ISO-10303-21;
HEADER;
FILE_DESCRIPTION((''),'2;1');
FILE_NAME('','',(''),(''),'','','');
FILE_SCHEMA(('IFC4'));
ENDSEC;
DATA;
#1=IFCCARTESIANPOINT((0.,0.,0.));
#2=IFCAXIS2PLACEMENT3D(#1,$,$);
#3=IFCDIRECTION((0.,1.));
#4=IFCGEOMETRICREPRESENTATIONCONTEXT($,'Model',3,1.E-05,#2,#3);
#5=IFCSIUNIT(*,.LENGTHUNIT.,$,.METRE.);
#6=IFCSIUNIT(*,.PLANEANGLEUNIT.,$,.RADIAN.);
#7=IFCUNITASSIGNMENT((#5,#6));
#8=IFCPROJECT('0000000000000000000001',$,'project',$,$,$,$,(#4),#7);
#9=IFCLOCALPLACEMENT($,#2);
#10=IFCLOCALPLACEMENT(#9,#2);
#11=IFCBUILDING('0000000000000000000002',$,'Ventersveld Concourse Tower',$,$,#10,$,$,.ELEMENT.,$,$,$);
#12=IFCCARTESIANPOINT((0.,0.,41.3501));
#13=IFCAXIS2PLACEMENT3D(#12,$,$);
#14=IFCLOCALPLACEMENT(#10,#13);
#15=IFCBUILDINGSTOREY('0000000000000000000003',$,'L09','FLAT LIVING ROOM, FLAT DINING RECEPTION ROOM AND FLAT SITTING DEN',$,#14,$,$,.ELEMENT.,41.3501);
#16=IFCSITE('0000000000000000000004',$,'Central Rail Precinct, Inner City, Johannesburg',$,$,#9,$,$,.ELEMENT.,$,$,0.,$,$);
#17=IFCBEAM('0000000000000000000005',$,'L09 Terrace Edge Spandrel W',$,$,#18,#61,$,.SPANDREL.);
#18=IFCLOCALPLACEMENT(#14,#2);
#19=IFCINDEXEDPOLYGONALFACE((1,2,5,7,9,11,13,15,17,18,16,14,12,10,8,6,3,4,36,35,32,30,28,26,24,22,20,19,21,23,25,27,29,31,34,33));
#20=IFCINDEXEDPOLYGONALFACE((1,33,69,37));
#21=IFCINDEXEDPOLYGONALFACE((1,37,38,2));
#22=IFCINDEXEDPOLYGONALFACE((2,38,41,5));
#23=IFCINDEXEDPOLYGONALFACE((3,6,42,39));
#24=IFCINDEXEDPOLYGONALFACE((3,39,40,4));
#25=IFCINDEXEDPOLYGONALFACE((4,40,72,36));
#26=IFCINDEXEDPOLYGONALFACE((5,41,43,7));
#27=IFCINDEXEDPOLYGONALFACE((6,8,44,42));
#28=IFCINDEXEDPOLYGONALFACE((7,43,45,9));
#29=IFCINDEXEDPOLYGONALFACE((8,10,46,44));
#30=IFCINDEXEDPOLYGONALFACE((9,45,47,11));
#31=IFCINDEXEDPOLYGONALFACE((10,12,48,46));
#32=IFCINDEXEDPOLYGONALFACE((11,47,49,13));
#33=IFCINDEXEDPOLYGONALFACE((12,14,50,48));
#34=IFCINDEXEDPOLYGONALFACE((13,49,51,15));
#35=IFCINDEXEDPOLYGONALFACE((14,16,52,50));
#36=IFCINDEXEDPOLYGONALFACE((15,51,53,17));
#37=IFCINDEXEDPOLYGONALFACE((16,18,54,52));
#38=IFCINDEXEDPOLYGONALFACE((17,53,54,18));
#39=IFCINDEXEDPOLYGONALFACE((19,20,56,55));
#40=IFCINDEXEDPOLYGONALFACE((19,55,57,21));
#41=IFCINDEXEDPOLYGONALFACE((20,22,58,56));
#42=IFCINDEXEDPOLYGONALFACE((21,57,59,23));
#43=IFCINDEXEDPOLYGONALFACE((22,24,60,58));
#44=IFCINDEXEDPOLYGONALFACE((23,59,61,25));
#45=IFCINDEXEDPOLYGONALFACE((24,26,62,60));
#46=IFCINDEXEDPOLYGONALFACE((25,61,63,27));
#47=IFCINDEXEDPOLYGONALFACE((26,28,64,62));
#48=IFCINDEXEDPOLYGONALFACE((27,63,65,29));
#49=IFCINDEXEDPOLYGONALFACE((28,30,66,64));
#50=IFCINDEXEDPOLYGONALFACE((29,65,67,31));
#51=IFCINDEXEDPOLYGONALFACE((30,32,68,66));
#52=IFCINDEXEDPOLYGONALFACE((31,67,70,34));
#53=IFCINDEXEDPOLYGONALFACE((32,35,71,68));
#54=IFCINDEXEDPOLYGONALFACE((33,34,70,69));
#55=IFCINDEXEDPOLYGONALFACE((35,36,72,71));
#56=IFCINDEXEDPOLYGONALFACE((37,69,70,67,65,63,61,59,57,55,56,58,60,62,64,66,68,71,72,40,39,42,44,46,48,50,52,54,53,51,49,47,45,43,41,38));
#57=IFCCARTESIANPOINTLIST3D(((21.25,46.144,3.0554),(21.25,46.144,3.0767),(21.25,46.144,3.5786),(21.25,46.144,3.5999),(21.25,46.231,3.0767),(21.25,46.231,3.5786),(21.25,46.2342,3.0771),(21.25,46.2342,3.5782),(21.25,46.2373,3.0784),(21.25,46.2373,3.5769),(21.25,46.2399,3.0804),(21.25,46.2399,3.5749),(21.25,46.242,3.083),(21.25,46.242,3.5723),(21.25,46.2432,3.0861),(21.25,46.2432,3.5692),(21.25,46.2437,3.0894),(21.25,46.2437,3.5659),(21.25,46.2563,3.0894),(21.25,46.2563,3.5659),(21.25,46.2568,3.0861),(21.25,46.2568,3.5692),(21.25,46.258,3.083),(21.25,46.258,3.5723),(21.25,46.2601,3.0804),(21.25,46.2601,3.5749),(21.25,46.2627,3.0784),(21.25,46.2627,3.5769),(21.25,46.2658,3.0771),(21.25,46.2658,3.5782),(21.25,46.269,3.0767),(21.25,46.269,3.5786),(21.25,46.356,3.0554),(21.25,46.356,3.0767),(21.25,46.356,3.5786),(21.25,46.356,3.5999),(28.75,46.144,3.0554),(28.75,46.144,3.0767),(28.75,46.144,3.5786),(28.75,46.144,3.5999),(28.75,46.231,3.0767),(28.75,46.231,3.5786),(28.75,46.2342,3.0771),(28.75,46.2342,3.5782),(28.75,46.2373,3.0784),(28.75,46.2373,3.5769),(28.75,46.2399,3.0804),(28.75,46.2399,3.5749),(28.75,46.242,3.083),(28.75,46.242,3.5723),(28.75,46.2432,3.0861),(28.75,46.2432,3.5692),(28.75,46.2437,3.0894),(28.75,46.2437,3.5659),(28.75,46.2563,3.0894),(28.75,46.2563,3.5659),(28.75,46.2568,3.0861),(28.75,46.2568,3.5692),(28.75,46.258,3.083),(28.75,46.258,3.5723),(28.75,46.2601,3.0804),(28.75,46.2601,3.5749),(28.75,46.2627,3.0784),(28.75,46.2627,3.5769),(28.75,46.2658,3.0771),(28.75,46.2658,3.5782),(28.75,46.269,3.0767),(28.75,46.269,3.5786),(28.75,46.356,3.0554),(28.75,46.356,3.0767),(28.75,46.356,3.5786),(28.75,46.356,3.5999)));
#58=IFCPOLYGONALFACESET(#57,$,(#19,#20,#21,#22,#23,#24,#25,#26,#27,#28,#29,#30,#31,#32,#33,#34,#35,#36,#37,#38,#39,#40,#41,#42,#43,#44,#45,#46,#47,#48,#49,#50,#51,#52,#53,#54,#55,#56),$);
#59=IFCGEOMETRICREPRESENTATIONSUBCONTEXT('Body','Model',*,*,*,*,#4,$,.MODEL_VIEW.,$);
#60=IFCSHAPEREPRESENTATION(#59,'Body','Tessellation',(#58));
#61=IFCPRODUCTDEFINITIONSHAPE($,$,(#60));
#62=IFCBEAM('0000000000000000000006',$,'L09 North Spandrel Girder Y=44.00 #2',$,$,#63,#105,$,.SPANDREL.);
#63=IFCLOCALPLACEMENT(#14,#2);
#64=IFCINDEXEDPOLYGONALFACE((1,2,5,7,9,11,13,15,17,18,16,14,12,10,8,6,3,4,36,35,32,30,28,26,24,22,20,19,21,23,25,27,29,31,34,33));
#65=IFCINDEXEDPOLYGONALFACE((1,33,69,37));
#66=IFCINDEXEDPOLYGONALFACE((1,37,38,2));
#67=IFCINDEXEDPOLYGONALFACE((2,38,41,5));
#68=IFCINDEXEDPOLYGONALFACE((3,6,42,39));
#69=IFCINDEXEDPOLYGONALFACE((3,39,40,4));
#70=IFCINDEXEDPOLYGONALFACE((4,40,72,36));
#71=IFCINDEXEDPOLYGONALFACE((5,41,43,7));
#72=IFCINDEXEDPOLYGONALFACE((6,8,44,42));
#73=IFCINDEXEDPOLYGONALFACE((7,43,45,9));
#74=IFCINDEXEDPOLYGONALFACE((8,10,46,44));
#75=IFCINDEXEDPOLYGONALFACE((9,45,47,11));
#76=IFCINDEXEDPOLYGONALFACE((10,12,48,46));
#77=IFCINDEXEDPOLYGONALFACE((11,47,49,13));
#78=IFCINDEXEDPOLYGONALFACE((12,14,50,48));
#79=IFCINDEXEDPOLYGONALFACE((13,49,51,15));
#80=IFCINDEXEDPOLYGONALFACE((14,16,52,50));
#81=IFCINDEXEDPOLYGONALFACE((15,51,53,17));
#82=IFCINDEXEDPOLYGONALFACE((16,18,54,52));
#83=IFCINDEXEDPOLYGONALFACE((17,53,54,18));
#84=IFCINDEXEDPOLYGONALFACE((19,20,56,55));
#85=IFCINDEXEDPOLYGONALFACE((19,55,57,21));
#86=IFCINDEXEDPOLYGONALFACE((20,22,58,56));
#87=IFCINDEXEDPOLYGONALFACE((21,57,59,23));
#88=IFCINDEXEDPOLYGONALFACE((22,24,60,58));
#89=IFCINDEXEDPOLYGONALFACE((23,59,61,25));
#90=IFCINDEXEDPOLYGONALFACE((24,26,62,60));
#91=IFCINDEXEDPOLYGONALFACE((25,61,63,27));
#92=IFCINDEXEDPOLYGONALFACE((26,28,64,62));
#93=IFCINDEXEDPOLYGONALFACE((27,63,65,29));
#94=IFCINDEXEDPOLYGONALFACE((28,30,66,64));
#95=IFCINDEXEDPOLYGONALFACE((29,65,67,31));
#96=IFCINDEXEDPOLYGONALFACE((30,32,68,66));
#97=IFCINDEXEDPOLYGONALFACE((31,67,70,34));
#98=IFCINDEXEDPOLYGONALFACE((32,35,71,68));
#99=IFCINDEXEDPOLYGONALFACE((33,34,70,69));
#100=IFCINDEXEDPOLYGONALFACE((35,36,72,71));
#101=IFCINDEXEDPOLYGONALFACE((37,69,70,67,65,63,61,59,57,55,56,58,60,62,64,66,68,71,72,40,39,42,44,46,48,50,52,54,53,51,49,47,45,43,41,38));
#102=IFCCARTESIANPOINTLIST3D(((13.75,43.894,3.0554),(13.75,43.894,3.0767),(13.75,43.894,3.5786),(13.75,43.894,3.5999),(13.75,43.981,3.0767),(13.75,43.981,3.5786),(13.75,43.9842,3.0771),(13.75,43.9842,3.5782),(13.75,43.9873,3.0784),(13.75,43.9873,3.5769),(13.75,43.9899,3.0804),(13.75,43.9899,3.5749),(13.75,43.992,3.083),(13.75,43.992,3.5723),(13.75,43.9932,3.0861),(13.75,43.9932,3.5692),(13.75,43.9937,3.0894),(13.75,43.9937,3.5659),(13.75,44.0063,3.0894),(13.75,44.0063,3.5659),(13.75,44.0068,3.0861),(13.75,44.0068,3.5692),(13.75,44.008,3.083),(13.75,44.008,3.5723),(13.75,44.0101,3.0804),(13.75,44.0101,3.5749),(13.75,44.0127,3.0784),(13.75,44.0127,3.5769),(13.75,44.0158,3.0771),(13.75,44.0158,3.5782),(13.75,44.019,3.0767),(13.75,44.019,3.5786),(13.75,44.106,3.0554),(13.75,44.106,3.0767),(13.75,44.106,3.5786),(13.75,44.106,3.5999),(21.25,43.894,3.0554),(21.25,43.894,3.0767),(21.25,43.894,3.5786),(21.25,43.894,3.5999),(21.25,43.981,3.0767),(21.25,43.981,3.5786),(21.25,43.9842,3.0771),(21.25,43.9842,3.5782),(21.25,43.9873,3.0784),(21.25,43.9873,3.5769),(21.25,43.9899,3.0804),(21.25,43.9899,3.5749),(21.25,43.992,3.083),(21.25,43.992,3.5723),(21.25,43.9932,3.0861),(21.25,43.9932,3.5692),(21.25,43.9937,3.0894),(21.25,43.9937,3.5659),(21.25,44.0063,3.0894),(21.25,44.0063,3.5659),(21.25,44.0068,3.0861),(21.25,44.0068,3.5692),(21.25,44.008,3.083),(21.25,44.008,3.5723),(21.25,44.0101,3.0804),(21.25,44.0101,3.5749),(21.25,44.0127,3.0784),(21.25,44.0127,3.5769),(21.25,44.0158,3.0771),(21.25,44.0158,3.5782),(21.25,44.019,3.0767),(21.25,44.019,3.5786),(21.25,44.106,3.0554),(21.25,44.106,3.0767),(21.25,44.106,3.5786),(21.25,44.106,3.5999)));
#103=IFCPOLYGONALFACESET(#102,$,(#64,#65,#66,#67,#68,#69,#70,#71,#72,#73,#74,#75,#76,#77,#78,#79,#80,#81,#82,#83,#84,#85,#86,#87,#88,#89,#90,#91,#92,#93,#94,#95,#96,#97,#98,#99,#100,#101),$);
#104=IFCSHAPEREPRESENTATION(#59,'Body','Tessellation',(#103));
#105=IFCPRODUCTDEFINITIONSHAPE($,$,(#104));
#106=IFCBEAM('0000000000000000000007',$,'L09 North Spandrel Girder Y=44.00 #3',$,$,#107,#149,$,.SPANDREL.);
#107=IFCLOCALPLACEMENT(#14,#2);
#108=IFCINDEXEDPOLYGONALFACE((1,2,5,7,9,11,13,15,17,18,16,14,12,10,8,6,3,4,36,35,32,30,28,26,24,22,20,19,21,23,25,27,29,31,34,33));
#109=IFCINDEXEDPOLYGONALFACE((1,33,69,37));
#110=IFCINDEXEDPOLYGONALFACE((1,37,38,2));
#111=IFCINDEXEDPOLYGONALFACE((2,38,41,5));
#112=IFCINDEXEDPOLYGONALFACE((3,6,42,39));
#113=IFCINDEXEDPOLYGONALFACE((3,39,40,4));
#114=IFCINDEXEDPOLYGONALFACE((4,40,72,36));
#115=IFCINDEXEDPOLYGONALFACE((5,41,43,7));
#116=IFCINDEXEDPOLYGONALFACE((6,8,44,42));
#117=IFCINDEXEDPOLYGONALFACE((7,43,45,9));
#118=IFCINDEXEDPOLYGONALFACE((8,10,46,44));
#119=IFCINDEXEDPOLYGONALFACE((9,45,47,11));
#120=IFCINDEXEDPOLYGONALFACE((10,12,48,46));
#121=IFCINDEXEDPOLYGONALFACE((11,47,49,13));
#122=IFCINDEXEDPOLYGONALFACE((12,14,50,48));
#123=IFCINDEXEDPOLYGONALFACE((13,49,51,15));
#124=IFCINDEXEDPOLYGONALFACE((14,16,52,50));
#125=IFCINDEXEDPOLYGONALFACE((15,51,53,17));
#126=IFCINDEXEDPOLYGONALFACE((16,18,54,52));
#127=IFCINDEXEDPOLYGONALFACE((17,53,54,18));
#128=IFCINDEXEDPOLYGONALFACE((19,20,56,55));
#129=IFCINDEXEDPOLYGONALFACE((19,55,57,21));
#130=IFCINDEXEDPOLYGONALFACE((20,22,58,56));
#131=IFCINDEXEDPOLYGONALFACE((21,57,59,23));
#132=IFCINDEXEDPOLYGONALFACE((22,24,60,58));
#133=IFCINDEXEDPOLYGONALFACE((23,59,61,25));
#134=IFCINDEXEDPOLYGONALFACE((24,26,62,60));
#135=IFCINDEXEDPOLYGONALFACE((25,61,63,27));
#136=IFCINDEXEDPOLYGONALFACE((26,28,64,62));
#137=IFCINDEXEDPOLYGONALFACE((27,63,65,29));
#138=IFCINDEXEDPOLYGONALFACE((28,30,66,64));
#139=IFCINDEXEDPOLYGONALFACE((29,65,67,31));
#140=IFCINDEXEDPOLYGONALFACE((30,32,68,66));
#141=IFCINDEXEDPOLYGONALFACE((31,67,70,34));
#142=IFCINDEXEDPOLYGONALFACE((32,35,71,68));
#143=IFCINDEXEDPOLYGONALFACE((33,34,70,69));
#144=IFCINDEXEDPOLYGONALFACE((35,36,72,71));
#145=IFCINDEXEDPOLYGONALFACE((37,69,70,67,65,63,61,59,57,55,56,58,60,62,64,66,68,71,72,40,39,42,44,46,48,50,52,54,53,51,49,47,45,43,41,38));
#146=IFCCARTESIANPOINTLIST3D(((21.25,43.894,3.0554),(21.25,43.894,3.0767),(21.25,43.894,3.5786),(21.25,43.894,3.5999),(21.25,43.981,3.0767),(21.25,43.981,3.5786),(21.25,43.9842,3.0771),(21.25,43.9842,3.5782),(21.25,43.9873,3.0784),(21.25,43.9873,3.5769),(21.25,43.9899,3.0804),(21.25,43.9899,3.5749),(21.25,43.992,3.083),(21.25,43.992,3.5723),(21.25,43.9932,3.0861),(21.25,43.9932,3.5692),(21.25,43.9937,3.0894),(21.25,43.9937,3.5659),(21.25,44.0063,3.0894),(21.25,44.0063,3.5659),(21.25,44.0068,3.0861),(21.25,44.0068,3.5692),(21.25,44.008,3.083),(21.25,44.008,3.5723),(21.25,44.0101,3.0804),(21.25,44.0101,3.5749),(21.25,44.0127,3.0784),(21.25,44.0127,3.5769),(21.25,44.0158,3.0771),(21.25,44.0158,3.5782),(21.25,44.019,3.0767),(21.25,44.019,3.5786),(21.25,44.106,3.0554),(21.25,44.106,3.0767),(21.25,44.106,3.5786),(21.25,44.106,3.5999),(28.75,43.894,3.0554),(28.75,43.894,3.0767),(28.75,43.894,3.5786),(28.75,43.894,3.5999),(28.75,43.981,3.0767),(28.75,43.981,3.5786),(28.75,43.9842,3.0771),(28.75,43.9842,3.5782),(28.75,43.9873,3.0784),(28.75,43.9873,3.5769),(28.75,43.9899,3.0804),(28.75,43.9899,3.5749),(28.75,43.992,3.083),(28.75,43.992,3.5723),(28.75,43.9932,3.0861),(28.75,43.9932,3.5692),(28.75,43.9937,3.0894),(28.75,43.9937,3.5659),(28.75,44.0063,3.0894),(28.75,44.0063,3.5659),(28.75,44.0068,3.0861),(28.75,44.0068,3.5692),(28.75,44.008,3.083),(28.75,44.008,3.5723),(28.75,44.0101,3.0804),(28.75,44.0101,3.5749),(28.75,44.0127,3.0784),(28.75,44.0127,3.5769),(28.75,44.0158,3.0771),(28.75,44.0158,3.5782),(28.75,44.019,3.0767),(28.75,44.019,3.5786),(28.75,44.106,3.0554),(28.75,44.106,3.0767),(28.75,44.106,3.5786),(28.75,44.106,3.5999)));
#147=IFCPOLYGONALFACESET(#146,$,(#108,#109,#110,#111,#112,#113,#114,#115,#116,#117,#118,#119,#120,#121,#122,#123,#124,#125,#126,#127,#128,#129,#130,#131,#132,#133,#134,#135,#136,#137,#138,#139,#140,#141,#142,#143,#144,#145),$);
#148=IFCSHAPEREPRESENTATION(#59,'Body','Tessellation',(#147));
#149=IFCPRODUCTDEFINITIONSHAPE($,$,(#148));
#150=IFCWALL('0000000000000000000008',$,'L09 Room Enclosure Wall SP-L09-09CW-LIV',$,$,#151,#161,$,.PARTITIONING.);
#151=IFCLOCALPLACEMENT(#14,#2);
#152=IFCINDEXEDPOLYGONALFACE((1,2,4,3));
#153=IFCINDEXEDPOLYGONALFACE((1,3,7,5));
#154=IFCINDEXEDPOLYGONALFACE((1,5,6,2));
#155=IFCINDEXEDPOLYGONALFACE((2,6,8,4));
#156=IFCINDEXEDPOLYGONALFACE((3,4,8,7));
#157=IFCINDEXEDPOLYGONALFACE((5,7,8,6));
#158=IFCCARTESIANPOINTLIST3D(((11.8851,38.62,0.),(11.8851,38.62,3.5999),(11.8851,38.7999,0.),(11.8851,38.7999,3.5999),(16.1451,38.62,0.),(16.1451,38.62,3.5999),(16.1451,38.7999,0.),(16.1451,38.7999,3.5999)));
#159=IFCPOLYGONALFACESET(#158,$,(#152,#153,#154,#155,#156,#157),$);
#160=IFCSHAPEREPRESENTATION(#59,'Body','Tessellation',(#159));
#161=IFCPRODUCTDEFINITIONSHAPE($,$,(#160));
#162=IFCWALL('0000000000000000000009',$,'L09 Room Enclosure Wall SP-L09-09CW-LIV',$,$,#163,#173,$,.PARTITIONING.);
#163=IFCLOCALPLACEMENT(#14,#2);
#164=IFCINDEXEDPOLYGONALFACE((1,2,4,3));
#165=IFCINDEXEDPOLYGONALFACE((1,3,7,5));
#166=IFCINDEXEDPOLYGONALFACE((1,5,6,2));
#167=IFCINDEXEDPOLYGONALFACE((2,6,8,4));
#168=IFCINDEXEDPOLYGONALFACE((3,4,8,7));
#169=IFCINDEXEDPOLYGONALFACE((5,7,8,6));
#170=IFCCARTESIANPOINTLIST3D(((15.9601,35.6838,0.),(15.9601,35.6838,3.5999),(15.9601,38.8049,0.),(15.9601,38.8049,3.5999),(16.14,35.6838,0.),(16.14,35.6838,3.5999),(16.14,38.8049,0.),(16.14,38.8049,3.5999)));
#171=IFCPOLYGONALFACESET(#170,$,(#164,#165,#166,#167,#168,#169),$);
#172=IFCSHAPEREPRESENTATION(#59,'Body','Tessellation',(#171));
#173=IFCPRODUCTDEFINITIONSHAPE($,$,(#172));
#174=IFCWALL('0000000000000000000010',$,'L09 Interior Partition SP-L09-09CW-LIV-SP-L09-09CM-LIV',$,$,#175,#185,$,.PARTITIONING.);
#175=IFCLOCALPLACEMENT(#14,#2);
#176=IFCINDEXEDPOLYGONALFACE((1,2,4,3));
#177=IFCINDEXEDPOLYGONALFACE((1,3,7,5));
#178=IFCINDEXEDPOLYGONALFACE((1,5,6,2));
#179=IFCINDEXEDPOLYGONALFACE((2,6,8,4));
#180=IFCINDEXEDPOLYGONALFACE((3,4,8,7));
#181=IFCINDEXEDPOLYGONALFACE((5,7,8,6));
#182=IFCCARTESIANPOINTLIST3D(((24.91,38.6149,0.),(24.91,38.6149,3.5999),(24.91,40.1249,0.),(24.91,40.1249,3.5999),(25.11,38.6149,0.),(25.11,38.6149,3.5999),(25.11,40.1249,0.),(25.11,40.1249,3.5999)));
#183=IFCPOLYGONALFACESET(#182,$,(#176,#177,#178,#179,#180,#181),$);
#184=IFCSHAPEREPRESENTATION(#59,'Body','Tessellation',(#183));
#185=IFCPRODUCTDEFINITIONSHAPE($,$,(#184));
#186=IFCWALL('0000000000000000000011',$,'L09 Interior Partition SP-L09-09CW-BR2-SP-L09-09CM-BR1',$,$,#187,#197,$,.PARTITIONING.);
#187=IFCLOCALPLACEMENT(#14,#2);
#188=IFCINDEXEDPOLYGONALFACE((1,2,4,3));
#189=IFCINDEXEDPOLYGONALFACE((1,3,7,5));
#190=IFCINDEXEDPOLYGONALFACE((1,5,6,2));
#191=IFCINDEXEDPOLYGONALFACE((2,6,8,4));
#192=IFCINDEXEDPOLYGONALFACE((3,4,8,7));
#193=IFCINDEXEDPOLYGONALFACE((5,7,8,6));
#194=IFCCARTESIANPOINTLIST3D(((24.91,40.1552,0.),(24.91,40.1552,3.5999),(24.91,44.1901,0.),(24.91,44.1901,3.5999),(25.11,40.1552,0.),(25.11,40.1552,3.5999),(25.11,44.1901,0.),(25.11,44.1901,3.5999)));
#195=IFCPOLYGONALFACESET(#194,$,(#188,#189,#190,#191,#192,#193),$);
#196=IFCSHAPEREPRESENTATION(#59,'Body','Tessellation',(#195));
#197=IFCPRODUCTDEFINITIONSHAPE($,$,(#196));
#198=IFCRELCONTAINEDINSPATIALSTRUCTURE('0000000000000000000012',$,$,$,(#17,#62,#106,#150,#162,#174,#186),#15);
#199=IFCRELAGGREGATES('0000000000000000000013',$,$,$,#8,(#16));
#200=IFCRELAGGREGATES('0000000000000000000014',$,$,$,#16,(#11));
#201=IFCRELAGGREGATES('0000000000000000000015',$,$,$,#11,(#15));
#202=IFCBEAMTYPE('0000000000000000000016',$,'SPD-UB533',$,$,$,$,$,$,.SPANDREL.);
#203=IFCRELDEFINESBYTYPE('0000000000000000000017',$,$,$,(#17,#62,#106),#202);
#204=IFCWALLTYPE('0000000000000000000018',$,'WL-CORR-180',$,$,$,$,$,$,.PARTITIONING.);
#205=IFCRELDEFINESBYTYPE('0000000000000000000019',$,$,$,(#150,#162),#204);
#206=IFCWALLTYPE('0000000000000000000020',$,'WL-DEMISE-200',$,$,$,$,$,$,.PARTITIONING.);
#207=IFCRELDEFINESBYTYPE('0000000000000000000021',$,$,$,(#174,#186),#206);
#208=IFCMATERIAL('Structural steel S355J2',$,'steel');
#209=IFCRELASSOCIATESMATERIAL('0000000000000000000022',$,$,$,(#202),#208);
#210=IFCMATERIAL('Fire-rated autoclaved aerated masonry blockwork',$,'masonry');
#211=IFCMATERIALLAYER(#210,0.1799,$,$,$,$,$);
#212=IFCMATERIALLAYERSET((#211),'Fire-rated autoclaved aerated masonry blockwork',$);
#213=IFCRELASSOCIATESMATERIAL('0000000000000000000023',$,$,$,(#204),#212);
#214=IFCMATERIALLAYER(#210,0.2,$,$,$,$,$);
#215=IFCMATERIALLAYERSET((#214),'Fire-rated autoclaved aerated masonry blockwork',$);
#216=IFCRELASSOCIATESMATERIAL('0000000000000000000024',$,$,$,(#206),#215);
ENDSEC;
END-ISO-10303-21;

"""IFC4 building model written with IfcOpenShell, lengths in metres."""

from ifc_helpers import new_model, si_unit, direction, frame, frame_2d, origin, origin_2d, place, context, subcontext, project, spatial, rectangle, i_section, extrude, material, layer, layer_set, material_profile, profile_set, type_object, element, save


model = new_model("IFC4")

# Units and contexts
model_context = context("Model", 3, precision=1e-05, world=origin(), true_north=direction((0.0, 1.0)))
body_context = subcontext(model_context, "Body", "Model", "MODEL_VIEW")
ifc_project = project(units=[si_unit("LENGTHUNIT", "METRE"), si_unit("PLANEANGLEUNIT", "RADIAN")], contexts=[model_context])

# Site, building, storey
site_placement = place(None, origin())
site = spatial("IfcSite", under=ifc_project, at=site_placement, Name="Central Rail Precinct, Inner City, Johannesburg", CompositionType="ELEMENT", RefElevation=0.0)
building_placement = place(site_placement, origin())
building = spatial("IfcBuilding", under=site, at=building_placement, Name="Ventersveld Concourse Tower", CompositionType="ELEMENT")
storey_placement = place(building_placement, frame((0.0, 0.0, 41.3501)))
storey = spatial("IfcBuildingStorey", under=building, at=storey_placement, Name="L09", Description="FLAT LIVING ROOM, FLAT DINING RECEPTION ROOM AND FLAT SITTING DEN", CompositionType="ELEMENT", Elevation=41.3501)

# Shared definitions
ifc_material_1 = material(Name="Structural steel S355J2", Category="steel")

# Beams
ifc_material_profile_1 = material_profile(ifc_material_1, i_section(OverallWidth=0.2119, OverallDepth=0.5444, WebThickness=0.0127, FlangeThickness=0.0212, FilletRadius=0.0127, at=origin_2d()), Name="UB 533x210x122")
ifc_profile_set_1 = profile_set([ifc_material_profile_1], Name="Structural steel S355J2")
beam_type_1 = type_object("IfcBeamType", Name="SPD-UB533", PredefinedType="SPANDREL", material=ifc_profile_set_1)
for number, where, z_axis, x_axis, name in (
    (1, (21.25, 46.25, 3.3276), (1.0, 0.0, 0.0), (0.0, 1.0, 0.0), "L09 Terrace Edge Spandrel W"),
    (2, (13.75, 44.0, 3.3276), (1.0, 0.0, 0.0), (0.0, 1.0, 0.0), "L09 North Spandrel Girder Y=44.00 #2"),
    (3, (21.25, 44.0, 3.3276), (1.0, 0.0, 0.0), (0.0, 1.0, 0.0), "L09 North Spandrel Girder Y=44.00 #3"),
):
    element("IfcBeam", number, at=place(storey_placement, frame(where, z_axis=z_axis, x_axis=x_axis)), inside=storey, type_object=beam_type_1, Name=name, PredefinedType="SPANDREL", context=body_context, shape_type="SweptSolid", body=[
        extrude(i_section(OverallWidth=0.2119, OverallDepth=0.5444, WebThickness=0.0127, FlangeThickness=0.0212, FilletRadius=0.0127, at=origin_2d()), origin(), (0.0, 0.0, 1.0), 7.5),
    ])

# Walls
ifc_material_2 = material(Name="Fire-rated autoclaved aerated masonry blockwork", Category="masonry")
ifc_layer_1 = layer(ifc_material_2, 0.1799)
ifc_layer_set_1 = layer_set([ifc_layer_1], Name="Fire-rated autoclaved aerated masonry blockwork")
wall_type_1 = type_object("IfcWallType", Name="WL-CORR-180", PredefinedType="PARTITIONING", material=ifc_layer_set_1)
wall_1_placement = place(storey_placement, frame((16.145, 38.71, 0.0), z_axis=(0.0, 0.0, 1.0), x_axis=(-1.0, 0.0, 0.0)))
element("IfcWall", 4, at=wall_1_placement, inside=storey, type_object=wall_type_1, Name="L09 Room Enclosure Wall SP-L09-09CW-LIV", PredefinedType="PARTITIONING", context=body_context, shape_type="SweptSolid", body=[
    extrude(rectangle(XDim=4.26, YDim=0.1799, at=frame_2d((2.1299, 0.0))), origin(), (0.0, 0.0, 1.0), 3.5999),
])
wall_2_placement = place(storey_placement, frame((16.05, 35.6838, 0.0), z_axis=(0.0, 0.0, 1.0), x_axis=(0.0, 1.0, 0.0)))
element("IfcWall", 5, at=wall_2_placement, inside=storey, type_object=wall_type_1, Name="L09 Room Enclosure Wall SP-L09-09CW-LIV", PredefinedType="PARTITIONING", context=body_context, shape_type="SweptSolid", body=[
    extrude(rectangle(XDim=3.1211, YDim=0.1799, at=frame_2d((1.5605, 0.0))), origin(), (0.0, 0.0, 1.0), 3.5999),
])
ifc_layer_2 = layer(ifc_material_2, 0.2)
ifc_layer_set_2 = layer_set([ifc_layer_2], Name="Fire-rated autoclaved aerated masonry blockwork")
wall_type_2 = type_object("IfcWallType", Name="WL-DEMISE-200", PredefinedType="PARTITIONING", material=ifc_layer_set_2)
wall_3_placement = place(storey_placement, frame((25.01, 38.615, 0.0), z_axis=(0.0, 0.0, 1.0), x_axis=(0.0, 1.0, 0.0)))
element("IfcWall", 6, at=wall_3_placement, inside=storey, type_object=wall_type_2, Name="L09 Interior Partition SP-L09-09CW-LIV-SP-L09-09CM-LIV", PredefinedType="PARTITIONING", context=body_context, shape_type="SweptSolid", body=[
    extrude(rectangle(XDim=1.51, YDim=0.2, at=frame_2d((0.7549, 0.0))), origin(), (0.0, 0.0, 1.0), 3.5999),
])
wall_4_placement = place(storey_placement, frame((25.01, 40.155, 0.0), z_axis=(0.0, 0.0, 1.0), x_axis=(0.0, 1.0, 0.0)))
element("IfcWall", 7, at=wall_4_placement, inside=storey, type_object=wall_type_2, Name="L09 Interior Partition SP-L09-09CW-BR2-SP-L09-09CM-BR1", PredefinedType="PARTITIONING", context=body_context, shape_type="SweptSolid", body=[
    extrude(rectangle(XDim=4.0349, YDim=0.2, at=frame_2d((2.0176, 0.0))), origin(), (0.0, 0.0, 1.0), 3.5999),
])

save(model, "model.ifc")
